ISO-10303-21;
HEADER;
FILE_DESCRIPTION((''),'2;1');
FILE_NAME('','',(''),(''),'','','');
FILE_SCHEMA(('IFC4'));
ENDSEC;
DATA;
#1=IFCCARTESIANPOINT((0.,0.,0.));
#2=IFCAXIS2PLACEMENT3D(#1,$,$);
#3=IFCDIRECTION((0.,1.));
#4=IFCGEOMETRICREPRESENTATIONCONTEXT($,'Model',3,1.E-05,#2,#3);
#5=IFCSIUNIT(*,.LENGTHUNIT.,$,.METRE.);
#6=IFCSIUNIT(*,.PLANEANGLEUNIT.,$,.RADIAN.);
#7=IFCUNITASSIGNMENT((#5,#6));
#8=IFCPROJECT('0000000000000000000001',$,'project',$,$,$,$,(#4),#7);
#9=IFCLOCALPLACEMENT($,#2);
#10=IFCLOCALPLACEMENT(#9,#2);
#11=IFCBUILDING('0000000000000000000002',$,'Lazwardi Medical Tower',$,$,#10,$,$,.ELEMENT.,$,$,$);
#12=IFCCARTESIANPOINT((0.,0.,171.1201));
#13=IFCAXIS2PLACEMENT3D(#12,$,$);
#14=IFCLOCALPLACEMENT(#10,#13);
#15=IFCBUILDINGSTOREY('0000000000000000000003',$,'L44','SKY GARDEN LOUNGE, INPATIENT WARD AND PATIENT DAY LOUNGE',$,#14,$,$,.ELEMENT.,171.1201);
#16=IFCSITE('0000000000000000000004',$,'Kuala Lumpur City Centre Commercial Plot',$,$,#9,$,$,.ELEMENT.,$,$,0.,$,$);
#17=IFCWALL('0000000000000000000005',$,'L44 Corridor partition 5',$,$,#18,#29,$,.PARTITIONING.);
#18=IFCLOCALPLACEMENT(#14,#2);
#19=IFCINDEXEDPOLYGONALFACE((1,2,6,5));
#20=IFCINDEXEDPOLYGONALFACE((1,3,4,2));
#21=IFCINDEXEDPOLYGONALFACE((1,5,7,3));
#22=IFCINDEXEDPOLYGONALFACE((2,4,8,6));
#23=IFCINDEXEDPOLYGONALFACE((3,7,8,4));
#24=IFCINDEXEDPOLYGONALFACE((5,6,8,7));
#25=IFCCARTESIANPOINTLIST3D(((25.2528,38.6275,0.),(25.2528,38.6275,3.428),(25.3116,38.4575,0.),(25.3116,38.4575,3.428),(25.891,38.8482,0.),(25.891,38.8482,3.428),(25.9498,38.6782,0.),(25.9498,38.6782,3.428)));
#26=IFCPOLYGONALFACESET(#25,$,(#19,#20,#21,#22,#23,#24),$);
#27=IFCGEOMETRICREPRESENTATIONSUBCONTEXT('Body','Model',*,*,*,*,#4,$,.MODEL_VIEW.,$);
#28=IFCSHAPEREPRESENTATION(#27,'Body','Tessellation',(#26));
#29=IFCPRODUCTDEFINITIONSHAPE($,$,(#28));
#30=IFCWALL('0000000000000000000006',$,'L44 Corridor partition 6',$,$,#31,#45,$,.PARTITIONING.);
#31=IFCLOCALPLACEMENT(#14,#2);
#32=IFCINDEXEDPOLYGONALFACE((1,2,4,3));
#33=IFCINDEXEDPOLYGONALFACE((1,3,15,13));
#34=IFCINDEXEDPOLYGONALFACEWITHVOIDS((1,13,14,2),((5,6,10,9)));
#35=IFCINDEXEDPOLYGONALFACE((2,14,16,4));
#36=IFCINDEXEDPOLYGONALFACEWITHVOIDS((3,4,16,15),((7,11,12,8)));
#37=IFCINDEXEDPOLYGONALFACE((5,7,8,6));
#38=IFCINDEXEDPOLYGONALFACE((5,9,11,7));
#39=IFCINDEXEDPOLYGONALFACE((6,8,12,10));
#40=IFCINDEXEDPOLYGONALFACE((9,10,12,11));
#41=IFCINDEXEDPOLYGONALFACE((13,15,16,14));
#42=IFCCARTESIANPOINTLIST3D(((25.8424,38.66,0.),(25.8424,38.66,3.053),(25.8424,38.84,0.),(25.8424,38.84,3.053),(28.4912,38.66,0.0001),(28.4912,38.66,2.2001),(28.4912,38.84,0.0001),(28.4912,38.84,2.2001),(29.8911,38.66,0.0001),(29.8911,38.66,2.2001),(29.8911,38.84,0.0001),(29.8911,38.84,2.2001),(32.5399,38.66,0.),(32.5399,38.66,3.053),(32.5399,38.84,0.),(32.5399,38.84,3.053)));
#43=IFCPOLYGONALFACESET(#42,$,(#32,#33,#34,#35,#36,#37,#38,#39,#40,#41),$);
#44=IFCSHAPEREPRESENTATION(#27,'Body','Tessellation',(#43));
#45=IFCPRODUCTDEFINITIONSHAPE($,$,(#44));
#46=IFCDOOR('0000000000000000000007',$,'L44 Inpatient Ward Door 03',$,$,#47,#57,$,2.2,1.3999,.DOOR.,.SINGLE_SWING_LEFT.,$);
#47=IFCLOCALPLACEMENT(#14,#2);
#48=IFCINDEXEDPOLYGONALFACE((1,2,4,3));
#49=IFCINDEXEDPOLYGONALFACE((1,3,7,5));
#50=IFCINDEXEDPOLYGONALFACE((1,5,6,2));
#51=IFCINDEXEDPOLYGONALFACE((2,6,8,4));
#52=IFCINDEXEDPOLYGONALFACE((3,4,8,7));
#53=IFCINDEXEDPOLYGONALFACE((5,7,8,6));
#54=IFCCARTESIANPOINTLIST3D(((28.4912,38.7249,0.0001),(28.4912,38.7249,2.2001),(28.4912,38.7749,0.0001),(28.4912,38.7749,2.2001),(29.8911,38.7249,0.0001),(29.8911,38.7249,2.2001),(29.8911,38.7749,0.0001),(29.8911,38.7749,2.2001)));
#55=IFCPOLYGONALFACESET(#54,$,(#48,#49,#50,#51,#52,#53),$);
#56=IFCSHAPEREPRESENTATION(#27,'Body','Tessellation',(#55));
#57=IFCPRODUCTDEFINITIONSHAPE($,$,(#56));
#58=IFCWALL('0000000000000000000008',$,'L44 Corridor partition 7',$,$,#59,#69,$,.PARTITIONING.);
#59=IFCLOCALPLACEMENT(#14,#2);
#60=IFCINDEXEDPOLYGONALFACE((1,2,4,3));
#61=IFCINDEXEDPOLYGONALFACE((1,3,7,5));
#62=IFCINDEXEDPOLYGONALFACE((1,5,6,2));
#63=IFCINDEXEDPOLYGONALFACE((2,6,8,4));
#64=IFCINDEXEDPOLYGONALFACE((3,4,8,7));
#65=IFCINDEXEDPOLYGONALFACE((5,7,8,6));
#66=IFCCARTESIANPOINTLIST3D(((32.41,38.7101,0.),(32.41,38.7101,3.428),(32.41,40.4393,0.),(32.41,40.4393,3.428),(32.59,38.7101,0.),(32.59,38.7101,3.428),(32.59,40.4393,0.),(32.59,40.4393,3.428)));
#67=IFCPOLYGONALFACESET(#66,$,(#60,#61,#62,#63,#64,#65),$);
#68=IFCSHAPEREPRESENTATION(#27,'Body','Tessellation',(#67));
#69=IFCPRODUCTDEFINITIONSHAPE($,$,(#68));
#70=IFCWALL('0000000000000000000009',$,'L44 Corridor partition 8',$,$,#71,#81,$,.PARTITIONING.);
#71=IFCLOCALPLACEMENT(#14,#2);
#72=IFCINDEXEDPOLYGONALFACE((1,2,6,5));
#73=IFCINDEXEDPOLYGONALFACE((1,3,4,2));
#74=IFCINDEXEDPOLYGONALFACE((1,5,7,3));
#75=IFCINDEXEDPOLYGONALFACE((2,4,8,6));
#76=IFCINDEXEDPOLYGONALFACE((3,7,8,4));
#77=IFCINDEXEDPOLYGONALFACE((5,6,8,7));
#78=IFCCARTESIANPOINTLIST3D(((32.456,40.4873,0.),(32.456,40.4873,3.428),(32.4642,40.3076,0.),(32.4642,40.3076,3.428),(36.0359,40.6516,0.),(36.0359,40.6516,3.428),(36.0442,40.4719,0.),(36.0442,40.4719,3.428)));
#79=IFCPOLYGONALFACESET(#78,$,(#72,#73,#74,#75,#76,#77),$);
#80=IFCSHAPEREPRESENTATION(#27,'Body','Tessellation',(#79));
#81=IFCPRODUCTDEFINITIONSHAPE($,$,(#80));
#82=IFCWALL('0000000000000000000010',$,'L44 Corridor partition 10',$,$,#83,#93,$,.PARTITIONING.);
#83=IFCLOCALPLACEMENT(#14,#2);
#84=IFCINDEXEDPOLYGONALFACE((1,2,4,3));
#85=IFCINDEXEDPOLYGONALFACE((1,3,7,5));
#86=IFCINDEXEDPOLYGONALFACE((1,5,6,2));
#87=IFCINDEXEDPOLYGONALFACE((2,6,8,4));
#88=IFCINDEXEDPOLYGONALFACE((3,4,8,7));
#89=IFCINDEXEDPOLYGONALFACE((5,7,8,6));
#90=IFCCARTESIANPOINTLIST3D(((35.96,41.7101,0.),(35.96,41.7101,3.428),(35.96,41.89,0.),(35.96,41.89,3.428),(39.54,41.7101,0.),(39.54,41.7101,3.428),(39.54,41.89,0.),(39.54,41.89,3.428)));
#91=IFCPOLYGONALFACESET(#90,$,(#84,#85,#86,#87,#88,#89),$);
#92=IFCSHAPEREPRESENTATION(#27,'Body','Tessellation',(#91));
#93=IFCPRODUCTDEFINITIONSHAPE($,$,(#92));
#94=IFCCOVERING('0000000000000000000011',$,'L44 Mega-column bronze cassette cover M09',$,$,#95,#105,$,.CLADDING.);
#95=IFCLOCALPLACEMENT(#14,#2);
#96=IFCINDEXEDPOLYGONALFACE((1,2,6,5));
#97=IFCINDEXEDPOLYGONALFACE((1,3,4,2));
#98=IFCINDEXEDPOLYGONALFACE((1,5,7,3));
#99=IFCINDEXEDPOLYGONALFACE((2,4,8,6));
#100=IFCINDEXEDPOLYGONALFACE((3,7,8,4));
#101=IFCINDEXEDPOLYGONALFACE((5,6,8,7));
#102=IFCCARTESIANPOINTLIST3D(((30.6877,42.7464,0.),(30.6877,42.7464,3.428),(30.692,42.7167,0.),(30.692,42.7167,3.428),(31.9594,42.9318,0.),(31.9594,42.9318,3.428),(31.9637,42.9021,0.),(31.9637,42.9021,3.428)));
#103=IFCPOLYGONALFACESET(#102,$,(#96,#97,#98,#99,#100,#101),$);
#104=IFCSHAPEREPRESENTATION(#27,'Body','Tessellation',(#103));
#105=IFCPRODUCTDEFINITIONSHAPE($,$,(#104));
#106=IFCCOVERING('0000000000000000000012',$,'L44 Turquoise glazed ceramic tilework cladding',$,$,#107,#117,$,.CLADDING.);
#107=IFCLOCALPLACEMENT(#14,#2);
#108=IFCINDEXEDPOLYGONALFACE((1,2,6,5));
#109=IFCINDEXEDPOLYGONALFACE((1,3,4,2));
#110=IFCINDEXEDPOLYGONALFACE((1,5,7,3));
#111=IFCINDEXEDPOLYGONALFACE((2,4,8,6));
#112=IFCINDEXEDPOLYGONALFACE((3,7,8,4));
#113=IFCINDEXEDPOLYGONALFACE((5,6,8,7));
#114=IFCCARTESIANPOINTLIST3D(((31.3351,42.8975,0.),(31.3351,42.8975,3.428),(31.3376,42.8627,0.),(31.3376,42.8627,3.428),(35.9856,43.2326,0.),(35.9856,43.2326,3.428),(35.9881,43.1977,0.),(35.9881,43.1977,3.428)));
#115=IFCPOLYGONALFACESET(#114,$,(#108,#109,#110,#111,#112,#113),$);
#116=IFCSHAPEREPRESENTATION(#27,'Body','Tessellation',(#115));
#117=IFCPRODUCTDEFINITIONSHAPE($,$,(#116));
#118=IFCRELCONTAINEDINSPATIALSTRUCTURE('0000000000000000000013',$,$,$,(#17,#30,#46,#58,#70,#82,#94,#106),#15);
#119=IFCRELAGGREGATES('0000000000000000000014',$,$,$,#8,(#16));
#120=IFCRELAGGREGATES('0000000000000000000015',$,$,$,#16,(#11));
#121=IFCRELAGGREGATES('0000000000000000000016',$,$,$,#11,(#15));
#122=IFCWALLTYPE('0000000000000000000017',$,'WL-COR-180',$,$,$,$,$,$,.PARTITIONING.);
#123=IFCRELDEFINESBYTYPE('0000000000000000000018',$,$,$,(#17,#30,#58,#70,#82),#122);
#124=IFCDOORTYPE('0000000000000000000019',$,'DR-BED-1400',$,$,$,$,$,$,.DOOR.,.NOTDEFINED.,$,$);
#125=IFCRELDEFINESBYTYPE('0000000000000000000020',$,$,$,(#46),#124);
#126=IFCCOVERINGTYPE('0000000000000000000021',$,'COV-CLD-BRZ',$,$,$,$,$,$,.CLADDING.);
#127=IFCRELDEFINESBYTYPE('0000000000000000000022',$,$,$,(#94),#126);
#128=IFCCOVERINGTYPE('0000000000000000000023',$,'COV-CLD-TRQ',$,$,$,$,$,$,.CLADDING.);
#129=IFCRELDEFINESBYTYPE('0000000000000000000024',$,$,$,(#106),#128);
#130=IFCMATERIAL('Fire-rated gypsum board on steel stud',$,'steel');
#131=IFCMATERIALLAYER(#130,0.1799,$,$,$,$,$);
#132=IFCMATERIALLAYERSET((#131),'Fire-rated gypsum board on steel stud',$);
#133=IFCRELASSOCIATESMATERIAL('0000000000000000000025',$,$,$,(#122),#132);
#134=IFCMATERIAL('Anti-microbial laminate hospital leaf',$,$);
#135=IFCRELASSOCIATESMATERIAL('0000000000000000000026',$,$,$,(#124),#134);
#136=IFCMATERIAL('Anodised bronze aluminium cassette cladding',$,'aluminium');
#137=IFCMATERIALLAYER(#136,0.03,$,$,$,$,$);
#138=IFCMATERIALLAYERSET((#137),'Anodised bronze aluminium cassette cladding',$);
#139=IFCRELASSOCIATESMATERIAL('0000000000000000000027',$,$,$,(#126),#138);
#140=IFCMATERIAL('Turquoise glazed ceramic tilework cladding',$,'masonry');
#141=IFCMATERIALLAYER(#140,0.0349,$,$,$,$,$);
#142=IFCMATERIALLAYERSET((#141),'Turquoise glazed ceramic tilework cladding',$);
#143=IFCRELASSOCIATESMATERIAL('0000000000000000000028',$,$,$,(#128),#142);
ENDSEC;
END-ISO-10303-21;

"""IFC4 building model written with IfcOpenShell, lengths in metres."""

from ifc_helpers import new_model, si_unit, direction, frame, frame_2d, origin, origin_2d, place, context, subcontext, project, spatial, rectangle, extrude, material, layer, layer_set, type_object, element, fill, save


model = new_model("IFC4")

# Units and contexts
model_context = context("Model", 3, precision=1e-05, world=origin(), true_north=direction((0.0, 1.0)))
body_context = subcontext(model_context, "Body", "Model", "MODEL_VIEW")
ifc_project = project(units=[si_unit("LENGTHUNIT", "METRE"), si_unit("PLANEANGLEUNIT", "RADIAN")], contexts=[model_context])

# Site, building, storey
site_placement = place(None, origin())
site = spatial("IfcSite", under=ifc_project, at=site_placement, Name="Kuala Lumpur City Centre Commercial Plot", CompositionType="ELEMENT", RefElevation=0.0)
building_placement = place(site_placement, origin())
building = spatial("IfcBuilding", under=site, at=building_placement, Name="Lazwardi Medical Tower", CompositionType="ELEMENT")
storey_placement = place(building_placement, frame((0.0, 0.0, 171.1201)))
storey = spatial("IfcBuildingStorey", under=building, at=storey_placement, Name="L44", Description="SKY GARDEN LOUNGE, INPATIENT WARD AND PATIENT DAY LOUNGE", CompositionType="ELEMENT", Elevation=171.1201)

# Wall
ifc_material_1 = material(Name="Fire-rated gypsum board on steel stud", Category="steel")
ifc_layer_1 = layer(ifc_material_1, 0.1799)
ifc_layer_set_1 = layer_set([ifc_layer_1], Name="Fire-rated gypsum board on steel stud")
wall_type = type_object("IfcWallType", Name="WL-COR-180", PredefinedType="PARTITIONING", material=ifc_layer_set_1)
wall_1_placement = place(storey_placement, frame((25.2822, 38.5425, 0.0), z_axis=(0.0, 0.0, 1.0), x_axis=(0.945081, 0.326837, 0.0)))
element("IfcWall", 1, at=wall_1_placement, inside=storey, type_object=wall_type, Name="L44 Corridor partition 5", PredefinedType="PARTITIONING", context=body_context, shape_type="SweptSolid", body=[
    extrude(rectangle(XDim=0.6753, YDim=0.1799, at=frame_2d((0.3376, 0.0))), origin(), (0.0, 0.0, 1.0), 3.428),
])

# Wall, opening, door
wall_2_placement = place(storey_placement, frame((25.8425, 38.75, 0.0), z_axis=(0.0, 0.0, 1.0), x_axis=(1.0, 0.0, 0.0)))
wall_2 = element("IfcWall", 2, at=wall_2_placement, inside=storey, type_object=wall_type, Name="L44 Corridor partition 6", PredefinedType="PARTITIONING", context=body_context, shape_type="SweptSolid", body=[
    extrude(rectangle(XDim=6.6975, YDim=0.1799, at=frame_2d((3.3486, 0.0))), origin(), (0.0, 0.0, 1.0), 3.053),
])
opening_placement = place(wall_2_placement, frame((2.6487, 0.0, 0.0)))
opening = element("IfcOpeningElement", 3, at=opening_placement, cuts=wall_2, PredefinedType="OPENING", context=body_context, shape_type="SweptSolid", body=[
    extrude(rectangle(XDim=1.3999, YDim=2.2, at=frame_2d((0.7, 1.1001))), frame((0.0, 0.0999, 0.0), z_axis=(0.0, -1.0, 0.0), x_axis=(1.0, 0.0, 0.0)), (0.0, 0.0, 1.0), 0.2),
])
ifc_material_2 = material(Name="Anti-microbial laminate hospital leaf")
door_type = type_object("IfcDoorType", Name="DR-BED-1400", OperationType="NOTDEFINED", PredefinedType="DOOR", material=ifc_material_2)
door_placement = place(opening_placement, origin())
door = element("IfcDoor", 4, at=door_placement, inside=storey, type_object=door_type, Name="L44 Inpatient Ward Door 03", OperationType="SINGLE_SWING_LEFT", OverallHeight=2.2, OverallWidth=1.3999, PredefinedType="DOOR", context=body_context, shape_type="SweptSolid", body=[
    extrude(rectangle(XDim=1.3999, YDim=2.2, at=frame_2d((0.7, 1.1001))), frame((0.0, 0.0249, 0.0), z_axis=(0.0, -1.0, 0.0), x_axis=(1.0, 0.0, 0.0)), (0.0, 0.0, 1.0), 0.05),
])
fill(opening, door)

# Walls
wall_3_placement = place(storey_placement, frame((32.5, 38.71, 0.0), z_axis=(0.0, 0.0, 1.0), x_axis=(0.0, 1.0, 0.0)))
element("IfcWall", 5, at=wall_3_placement, inside=storey, type_object=wall_type, Name="L44 Corridor partition 7", PredefinedType="PARTITIONING", context=body_context, shape_type="SweptSolid", body=[
    extrude(rectangle(XDim=1.7292, YDim=0.1799, at=frame_2d((0.8647, 0.0))), origin(), (0.0, 0.0, 1.0), 3.428),
])
wall_4_placement = place(storey_placement, frame((32.46, 40.3975, 0.0), z_axis=(0.0, 0.0, 1.0), x_axis=(0.998948, 0.045846, 0.0)))
element("IfcWall", 6, at=wall_4_placement, inside=storey, type_object=wall_type, Name="L44 Corridor partition 8", PredefinedType="PARTITIONING", context=body_context, shape_type="SweptSolid", body=[
    extrude(rectangle(XDim=3.5837, YDim=0.1799, at=frame_2d((1.792, 0.0))), origin(), (0.0, 0.0, 1.0), 3.428),
])
wall_5_placement = place(storey_placement, frame((35.96, 41.8, 0.0), z_axis=(0.0, 0.0, 1.0), x_axis=(1.0, 0.0, 0.0)))
element("IfcWall", 7, at=wall_5_placement, inside=storey, type_object=wall_type, Name="L44 Corridor partition 10", PredefinedType="PARTITIONING", context=body_context, shape_type="SweptSolid", body=[
    extrude(rectangle(XDim=3.5801, YDim=0.1799, at=frame_2d((1.79, 0.0))), origin(), (0.0, 0.0, 1.0), 3.428),
])

# Coverings
ifc_material_3 = material(Name="Anodised bronze aluminium cassette cladding", Category="aluminium")
ifc_layer_2 = layer(ifc_material_3, 0.03)
ifc_layer_set_2 = layer_set([ifc_layer_2], Name="Anodised bronze aluminium cassette cladding")
covering_type_1 = type_object("IfcCoveringType", Name="COV-CLD-BRZ", PredefinedType="CLADDING", material=ifc_layer_set_2)
covering_1_placement = place(storey_placement, frame((31.3257, 42.8242, 0.0), z_axis=(0.0, 0.0, 1.0), x_axis=(-0.989539, -0.144265, 0.0)))
element("IfcCovering", 8, at=covering_1_placement, inside=storey, type_object=covering_type_1, Name="L44 Mega-column bronze cassette cover M09", PredefinedType="CLADDING", context=body_context, shape_type="SweptSolid", body=[
    extrude(rectangle(XDim=1.2852, YDim=0.03, at=origin_2d()), origin(), (0.0, 0.0, 1.0), 3.428),
])
ifc_material_4 = material(Name="Turquoise glazed ceramic tilework cladding", Category="masonry")
ifc_layer_3 = layer(ifc_material_4, 0.0349)
ifc_layer_set_3 = layer_set([ifc_layer_3], Name="Turquoise glazed ceramic tilework cladding")
covering_type_2 = type_object("IfcCoveringType", Name="COV-CLD-TRQ", PredefinedType="CLADDING", material=ifc_layer_set_3)
covering_2_placement = place(storey_placement, frame((33.6616, 43.0476, 0.0), z_axis=(0.0, 0.0, 1.0), x_axis=(-0.997414, -0.071868, 0.0)))
element("IfcCovering", 9, at=covering_2_placement, inside=storey, type_object=covering_type_2, Name="L44 Turquoise glazed ceramic tilework cladding", PredefinedType="CLADDING", context=body_context, shape_type="SweptSolid", body=[
    extrude(rectangle(XDim=4.6626, YDim=0.0349, at=origin_2d()), origin(), (0.0, 0.0, 1.0), 3.428),
])

save(model, "model.ifc")
